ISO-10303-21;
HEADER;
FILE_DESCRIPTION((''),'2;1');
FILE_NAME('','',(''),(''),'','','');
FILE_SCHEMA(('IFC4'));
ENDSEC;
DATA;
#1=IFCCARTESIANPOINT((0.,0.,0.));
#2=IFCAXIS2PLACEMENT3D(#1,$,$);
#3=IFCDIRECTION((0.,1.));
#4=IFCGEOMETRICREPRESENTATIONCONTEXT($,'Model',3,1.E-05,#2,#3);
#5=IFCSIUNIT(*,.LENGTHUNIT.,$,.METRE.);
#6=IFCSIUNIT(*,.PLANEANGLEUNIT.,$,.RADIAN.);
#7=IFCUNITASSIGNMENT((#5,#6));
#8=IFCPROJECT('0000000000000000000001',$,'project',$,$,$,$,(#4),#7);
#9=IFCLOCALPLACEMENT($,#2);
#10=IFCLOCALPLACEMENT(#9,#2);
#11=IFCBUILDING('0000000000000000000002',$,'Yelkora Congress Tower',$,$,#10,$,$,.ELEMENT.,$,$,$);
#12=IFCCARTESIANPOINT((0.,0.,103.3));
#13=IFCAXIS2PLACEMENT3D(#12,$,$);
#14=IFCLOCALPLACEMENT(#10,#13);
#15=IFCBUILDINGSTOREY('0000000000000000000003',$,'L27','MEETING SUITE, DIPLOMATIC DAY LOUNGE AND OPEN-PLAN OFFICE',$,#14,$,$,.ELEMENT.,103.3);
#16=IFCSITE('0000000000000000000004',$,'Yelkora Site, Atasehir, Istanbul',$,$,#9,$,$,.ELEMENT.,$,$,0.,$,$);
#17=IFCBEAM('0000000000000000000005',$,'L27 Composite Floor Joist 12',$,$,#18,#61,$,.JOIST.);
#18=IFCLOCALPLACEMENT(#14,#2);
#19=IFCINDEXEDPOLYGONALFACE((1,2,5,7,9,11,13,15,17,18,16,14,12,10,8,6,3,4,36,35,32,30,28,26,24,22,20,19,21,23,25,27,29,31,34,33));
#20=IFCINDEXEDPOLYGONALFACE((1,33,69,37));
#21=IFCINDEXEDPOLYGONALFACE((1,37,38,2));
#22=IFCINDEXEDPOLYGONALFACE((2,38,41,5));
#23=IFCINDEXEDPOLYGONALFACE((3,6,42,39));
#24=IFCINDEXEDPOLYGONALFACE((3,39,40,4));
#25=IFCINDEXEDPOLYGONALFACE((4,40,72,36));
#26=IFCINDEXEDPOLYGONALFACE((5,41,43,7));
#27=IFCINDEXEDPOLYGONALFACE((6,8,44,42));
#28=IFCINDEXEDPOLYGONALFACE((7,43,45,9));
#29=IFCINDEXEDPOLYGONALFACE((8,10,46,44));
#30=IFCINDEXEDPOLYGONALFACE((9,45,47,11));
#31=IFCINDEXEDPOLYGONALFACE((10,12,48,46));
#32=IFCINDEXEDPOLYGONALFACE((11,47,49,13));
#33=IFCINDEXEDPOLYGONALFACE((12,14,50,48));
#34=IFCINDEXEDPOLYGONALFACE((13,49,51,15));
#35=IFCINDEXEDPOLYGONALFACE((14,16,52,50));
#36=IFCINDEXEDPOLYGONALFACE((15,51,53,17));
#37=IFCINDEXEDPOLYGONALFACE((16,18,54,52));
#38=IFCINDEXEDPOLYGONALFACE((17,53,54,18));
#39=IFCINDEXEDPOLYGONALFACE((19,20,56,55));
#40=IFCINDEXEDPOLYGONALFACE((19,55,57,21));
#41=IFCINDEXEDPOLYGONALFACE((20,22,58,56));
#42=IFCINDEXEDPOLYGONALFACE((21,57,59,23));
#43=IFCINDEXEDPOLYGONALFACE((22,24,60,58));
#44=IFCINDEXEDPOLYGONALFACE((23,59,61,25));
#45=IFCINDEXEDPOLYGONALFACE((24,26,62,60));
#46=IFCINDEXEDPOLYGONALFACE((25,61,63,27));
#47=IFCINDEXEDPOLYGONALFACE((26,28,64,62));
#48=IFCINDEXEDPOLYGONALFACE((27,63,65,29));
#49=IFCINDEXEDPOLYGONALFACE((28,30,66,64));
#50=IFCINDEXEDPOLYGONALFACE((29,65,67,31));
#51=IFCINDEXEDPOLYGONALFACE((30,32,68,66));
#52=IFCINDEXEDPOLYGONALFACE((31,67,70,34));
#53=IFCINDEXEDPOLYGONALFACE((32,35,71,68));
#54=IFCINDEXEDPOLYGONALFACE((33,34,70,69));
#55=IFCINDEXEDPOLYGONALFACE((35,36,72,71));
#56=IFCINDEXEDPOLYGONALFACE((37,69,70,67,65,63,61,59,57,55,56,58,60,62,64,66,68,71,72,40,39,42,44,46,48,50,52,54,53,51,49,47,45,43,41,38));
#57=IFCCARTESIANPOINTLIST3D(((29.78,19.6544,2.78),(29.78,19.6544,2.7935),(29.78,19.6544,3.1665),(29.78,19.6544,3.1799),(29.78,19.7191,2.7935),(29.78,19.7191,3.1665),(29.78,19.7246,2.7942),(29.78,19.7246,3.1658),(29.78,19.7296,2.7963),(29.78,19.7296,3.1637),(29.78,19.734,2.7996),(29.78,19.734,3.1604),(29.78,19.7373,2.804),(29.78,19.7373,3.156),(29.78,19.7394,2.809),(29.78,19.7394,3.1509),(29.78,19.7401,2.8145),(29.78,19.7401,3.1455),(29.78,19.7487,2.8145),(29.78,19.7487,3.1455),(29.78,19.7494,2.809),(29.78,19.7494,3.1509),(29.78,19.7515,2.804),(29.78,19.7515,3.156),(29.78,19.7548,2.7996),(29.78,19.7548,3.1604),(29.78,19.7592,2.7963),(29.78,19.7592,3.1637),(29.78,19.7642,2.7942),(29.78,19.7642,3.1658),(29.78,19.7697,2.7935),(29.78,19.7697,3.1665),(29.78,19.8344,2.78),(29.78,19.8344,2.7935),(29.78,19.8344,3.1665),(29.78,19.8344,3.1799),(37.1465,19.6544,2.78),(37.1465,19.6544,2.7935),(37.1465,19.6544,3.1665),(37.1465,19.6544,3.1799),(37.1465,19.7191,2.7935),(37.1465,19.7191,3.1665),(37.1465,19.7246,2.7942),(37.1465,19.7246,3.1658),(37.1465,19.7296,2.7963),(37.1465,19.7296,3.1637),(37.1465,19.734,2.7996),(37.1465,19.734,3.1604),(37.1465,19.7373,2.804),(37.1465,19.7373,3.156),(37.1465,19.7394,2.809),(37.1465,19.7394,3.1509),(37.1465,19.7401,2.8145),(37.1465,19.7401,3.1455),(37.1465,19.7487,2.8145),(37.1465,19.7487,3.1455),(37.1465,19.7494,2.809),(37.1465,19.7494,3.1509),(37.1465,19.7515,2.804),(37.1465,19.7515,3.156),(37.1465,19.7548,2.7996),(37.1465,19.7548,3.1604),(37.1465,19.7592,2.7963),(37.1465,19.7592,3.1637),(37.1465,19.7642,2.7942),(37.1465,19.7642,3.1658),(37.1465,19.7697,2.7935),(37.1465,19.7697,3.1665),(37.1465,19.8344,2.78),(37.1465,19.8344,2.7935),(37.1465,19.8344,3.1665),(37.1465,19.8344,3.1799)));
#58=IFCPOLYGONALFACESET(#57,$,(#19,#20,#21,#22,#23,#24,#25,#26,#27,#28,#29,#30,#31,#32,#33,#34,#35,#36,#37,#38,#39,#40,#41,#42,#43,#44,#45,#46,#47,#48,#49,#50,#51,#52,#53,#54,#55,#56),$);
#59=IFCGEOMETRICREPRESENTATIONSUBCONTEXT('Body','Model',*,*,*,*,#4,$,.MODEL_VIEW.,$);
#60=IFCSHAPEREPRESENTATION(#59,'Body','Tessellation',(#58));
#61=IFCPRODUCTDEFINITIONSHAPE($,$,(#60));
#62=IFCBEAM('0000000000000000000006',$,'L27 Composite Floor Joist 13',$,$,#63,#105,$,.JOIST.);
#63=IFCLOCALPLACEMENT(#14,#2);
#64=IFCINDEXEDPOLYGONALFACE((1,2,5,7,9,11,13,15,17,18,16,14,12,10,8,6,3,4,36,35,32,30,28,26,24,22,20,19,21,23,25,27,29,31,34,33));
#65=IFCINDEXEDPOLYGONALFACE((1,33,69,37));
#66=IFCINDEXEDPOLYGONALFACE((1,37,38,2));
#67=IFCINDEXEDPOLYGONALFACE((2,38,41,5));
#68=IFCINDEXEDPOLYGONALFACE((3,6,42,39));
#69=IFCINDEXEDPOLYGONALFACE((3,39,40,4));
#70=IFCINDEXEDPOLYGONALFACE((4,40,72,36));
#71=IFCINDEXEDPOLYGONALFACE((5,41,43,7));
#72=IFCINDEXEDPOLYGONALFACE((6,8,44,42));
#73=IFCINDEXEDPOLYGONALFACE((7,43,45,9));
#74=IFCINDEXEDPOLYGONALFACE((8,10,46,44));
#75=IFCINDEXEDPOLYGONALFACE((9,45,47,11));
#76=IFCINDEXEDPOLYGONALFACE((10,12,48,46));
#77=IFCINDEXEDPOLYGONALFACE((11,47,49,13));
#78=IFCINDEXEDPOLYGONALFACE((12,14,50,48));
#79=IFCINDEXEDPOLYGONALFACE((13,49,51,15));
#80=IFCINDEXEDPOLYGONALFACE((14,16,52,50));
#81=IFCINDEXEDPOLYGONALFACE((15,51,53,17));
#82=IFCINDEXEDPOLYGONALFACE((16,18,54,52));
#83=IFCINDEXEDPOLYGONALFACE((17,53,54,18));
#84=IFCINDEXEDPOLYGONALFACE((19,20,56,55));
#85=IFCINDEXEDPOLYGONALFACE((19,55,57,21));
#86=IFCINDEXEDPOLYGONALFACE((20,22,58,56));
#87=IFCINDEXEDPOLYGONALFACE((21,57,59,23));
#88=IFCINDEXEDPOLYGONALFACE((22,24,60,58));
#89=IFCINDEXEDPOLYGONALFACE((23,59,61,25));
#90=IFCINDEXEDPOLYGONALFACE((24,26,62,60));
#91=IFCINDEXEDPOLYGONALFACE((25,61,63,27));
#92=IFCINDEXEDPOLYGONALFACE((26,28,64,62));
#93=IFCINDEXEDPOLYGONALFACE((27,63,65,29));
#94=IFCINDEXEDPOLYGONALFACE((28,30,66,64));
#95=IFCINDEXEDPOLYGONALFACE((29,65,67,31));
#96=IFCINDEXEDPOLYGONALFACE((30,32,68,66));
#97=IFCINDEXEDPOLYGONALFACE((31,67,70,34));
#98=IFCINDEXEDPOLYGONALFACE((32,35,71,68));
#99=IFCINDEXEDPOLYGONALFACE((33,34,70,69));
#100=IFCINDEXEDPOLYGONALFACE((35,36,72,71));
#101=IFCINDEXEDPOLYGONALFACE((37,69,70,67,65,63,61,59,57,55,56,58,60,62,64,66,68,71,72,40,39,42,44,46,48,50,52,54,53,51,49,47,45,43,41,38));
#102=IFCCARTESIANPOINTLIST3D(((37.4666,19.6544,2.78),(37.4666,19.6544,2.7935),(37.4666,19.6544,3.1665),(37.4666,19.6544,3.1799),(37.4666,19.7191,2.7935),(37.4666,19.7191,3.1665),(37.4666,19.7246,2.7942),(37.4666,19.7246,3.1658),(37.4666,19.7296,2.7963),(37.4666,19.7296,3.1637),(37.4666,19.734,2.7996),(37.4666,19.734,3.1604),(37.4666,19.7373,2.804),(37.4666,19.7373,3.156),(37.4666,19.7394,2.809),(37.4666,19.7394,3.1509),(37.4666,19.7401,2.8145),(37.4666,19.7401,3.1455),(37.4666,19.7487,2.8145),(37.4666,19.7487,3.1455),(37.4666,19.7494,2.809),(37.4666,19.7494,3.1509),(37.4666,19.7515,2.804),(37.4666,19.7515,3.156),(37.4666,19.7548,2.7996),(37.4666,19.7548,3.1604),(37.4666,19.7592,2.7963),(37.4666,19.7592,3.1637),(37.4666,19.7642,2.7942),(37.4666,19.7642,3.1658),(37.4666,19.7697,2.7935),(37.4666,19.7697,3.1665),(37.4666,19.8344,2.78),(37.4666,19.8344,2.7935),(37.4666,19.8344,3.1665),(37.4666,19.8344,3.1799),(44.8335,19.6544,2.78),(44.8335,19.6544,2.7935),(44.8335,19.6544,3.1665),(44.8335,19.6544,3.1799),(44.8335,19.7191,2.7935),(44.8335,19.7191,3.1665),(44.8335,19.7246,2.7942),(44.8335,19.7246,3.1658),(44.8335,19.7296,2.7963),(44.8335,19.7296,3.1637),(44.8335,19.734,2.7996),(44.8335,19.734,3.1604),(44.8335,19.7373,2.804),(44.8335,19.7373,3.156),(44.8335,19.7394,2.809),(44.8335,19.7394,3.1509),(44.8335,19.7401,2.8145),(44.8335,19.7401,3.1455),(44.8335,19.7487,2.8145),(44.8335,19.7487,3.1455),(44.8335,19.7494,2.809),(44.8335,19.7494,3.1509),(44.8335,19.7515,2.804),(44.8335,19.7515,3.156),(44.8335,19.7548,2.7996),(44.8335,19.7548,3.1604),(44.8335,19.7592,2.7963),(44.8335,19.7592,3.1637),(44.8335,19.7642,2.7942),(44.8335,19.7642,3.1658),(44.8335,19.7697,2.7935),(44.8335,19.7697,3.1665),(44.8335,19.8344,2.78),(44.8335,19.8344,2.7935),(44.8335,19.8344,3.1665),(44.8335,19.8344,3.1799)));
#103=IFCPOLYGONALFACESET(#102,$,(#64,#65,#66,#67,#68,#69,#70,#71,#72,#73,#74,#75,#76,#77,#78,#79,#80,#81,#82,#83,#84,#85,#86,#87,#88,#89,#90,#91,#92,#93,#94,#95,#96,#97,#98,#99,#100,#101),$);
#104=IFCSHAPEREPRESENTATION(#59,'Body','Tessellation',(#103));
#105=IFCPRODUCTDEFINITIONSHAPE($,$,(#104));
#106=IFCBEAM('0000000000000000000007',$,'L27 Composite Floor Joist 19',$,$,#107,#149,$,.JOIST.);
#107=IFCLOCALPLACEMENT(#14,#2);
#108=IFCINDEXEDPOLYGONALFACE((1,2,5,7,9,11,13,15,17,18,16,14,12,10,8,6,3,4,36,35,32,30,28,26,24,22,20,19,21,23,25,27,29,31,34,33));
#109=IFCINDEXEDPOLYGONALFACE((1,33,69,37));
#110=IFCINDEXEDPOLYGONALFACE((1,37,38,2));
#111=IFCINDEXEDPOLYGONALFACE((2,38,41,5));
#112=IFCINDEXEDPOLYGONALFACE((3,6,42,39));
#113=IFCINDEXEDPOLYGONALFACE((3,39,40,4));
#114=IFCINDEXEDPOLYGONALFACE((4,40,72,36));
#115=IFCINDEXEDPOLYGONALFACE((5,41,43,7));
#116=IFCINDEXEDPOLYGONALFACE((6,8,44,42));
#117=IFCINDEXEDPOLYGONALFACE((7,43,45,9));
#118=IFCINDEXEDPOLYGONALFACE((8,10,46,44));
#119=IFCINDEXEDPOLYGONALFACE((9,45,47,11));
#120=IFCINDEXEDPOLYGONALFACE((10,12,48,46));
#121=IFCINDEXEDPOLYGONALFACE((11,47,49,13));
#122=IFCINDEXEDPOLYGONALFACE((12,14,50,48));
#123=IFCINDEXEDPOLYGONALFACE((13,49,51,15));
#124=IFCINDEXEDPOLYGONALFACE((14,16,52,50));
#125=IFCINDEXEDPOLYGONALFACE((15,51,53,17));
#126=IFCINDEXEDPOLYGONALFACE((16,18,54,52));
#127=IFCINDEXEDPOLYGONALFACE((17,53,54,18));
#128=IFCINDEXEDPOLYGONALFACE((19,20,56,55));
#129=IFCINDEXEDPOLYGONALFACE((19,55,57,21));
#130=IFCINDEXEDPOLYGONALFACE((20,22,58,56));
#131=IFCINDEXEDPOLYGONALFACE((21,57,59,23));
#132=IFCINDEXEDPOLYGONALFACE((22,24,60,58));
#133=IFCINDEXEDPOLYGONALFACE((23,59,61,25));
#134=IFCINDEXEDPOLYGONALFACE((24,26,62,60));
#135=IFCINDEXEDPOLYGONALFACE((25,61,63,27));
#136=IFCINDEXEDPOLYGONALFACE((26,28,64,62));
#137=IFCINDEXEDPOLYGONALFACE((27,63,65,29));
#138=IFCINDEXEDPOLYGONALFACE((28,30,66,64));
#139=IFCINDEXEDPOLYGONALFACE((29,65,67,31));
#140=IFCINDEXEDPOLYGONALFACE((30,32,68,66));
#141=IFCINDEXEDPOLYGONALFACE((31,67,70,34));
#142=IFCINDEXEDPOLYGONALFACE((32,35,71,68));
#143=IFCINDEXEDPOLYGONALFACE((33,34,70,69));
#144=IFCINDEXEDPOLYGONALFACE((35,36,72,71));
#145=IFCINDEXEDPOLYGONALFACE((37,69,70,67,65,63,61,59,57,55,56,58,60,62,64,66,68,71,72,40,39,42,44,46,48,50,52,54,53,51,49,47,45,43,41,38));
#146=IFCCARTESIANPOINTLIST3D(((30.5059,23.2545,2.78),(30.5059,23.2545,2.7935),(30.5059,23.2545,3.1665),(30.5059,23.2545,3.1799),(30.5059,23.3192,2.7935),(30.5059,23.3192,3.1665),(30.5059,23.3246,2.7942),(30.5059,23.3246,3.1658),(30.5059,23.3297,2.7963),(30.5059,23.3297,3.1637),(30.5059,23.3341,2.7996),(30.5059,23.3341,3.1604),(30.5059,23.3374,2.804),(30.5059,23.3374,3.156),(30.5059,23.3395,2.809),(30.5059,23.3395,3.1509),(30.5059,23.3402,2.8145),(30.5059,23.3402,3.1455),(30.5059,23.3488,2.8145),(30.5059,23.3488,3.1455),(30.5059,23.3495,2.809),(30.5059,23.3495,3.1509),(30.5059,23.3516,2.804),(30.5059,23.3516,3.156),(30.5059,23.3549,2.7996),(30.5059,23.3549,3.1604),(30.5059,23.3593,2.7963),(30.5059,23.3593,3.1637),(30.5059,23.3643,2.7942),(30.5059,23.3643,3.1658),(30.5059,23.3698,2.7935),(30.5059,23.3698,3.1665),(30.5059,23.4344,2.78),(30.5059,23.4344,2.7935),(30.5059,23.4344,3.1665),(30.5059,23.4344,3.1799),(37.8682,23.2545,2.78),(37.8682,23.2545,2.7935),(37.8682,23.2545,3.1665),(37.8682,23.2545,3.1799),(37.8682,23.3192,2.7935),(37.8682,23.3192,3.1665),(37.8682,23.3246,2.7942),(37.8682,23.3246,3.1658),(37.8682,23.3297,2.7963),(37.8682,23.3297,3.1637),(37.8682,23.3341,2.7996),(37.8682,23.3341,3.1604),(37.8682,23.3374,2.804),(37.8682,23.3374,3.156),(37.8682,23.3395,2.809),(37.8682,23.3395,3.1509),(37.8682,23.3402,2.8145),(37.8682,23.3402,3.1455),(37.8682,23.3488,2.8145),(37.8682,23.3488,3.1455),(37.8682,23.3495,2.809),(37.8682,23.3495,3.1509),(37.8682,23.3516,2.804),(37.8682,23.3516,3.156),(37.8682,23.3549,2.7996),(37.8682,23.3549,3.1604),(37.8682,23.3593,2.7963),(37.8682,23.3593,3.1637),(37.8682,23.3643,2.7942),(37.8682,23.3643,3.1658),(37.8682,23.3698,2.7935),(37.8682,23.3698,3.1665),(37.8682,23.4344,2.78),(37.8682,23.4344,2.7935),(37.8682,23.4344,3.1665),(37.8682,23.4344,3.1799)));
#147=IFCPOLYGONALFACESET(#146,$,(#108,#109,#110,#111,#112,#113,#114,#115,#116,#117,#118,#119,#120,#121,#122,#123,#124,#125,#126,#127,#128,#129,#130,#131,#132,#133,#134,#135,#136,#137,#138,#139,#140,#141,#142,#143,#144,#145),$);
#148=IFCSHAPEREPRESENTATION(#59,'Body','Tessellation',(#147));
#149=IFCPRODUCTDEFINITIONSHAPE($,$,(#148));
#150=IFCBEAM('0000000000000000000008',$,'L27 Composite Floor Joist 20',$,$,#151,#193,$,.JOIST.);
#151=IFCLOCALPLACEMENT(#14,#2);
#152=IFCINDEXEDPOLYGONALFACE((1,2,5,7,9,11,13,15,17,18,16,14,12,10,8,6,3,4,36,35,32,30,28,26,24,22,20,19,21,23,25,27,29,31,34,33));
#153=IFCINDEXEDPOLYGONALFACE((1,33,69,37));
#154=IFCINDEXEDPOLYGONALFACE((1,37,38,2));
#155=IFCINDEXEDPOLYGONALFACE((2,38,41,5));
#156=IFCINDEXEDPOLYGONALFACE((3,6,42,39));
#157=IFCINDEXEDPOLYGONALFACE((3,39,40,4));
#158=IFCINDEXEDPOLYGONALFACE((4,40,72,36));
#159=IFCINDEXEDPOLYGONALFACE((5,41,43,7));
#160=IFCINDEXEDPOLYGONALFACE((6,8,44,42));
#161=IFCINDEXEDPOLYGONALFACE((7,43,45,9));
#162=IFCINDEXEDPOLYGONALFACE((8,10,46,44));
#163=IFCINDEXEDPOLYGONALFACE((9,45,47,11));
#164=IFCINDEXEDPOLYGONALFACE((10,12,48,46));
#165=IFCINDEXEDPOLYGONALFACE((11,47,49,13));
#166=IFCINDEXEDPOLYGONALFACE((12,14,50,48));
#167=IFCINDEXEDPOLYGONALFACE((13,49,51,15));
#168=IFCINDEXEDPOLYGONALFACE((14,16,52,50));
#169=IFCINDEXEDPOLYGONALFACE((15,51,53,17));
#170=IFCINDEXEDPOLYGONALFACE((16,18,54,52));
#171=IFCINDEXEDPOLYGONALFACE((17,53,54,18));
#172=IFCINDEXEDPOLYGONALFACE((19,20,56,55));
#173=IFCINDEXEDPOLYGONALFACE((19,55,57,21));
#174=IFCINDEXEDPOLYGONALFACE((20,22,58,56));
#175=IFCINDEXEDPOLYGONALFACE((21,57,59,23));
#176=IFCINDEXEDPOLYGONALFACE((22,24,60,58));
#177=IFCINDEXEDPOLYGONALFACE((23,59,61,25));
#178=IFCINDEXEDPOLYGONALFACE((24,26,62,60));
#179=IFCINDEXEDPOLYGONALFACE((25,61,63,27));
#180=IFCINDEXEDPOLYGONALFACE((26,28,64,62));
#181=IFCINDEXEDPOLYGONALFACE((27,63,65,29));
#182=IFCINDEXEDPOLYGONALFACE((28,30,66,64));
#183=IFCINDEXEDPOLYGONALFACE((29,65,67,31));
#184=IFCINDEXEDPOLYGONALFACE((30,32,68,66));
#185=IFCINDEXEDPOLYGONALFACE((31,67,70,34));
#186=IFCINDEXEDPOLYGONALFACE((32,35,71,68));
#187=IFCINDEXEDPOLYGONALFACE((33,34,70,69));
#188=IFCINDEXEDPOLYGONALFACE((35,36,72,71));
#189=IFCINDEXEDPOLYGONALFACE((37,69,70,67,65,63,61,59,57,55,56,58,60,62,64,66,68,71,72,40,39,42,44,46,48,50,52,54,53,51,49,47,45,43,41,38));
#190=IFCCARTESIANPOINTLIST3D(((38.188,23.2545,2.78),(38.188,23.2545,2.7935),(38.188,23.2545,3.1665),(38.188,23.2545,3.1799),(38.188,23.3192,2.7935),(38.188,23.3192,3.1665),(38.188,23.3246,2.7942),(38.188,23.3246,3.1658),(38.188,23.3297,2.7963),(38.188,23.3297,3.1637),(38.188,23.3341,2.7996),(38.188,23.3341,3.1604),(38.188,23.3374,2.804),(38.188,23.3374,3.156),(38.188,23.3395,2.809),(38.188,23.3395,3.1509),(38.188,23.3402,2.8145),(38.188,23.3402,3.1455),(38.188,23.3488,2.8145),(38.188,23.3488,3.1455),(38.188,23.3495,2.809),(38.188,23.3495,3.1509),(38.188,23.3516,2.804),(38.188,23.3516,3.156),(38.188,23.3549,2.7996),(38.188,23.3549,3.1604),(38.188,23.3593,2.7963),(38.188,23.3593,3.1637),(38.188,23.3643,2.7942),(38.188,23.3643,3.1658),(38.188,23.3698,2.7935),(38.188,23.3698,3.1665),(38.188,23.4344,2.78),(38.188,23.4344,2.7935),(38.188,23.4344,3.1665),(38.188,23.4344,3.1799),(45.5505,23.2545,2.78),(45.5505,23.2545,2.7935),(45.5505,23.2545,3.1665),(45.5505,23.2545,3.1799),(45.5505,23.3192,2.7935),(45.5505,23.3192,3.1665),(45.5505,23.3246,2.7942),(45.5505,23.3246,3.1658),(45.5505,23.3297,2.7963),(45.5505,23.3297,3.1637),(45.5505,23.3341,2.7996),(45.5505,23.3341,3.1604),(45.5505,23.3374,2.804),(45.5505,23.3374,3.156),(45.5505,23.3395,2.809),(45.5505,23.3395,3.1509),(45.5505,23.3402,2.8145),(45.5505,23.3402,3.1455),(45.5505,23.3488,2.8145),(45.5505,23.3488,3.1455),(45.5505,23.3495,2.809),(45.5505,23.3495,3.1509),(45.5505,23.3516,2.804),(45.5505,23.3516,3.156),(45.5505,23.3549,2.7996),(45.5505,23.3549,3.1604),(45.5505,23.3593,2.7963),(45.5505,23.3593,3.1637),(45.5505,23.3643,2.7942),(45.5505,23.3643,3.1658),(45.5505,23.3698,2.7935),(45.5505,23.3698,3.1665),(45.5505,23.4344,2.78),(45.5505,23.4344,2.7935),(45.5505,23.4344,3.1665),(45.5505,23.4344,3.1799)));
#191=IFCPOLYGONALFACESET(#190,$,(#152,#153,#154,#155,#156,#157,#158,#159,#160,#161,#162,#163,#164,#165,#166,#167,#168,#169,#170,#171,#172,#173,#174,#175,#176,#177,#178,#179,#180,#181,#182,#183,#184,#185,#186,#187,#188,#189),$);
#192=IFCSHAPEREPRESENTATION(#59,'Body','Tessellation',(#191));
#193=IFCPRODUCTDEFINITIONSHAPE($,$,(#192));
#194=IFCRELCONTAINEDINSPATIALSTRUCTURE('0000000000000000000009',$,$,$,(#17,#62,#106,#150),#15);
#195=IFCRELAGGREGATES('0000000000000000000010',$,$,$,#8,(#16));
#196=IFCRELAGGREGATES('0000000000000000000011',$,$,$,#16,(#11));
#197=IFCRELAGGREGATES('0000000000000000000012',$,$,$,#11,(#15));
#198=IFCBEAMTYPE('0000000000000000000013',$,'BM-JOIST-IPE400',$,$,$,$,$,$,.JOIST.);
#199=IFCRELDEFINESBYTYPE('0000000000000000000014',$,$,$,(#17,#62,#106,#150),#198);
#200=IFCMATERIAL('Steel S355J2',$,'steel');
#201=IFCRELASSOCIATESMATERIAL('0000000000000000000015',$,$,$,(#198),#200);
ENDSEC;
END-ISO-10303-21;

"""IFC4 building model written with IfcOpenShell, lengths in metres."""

from ifc_helpers import new_model, si_unit, direction, frame, origin, origin_2d, place, context, subcontext, project, spatial, i_section, extrude, material, material_profile, profile_set, type_object, element, save


model = new_model("IFC4")

# Units and contexts
model_context = context("Model", 3, precision=1e-05, world=origin(), true_north=direction((0.0, 1.0)))
body_context = subcontext(model_context, "Body", "Model", "MODEL_VIEW")
ifc_project = project(units=[si_unit("LENGTHUNIT", "METRE"), si_unit("PLANEANGLEUNIT", "RADIAN")], contexts=[model_context])

# Site, building, storey
site_placement = place(None, origin())
site = spatial("IfcSite", under=ifc_project, at=site_placement, Name="Yelkora Site, Atasehir, Istanbul", CompositionType="ELEMENT", RefElevation=0.0)
building_placement = place(site_placement, origin())
building = spatial("IfcBuilding", under=site, at=building_placement, Name="Yelkora Congress Tower", CompositionType="ELEMENT")
storey_placement = place(building_placement, frame((0.0, 0.0, 103.3)))
storey = spatial("IfcBuildingStorey", under=building, at=storey_placement, Name="L27", Description="MEETING SUITE, DIPLOMATIC DAY LOUNGE AND OPEN-PLAN OFFICE", CompositionType="ELEMENT", Elevation=103.3)

# Beams
ifc_material_1 = material(Name="Steel S355J2", Category="steel")
ifc_material_profile_1 = material_profile(ifc_material_1, i_section(OverallWidth=0.1799, OverallDepth=0.3999, WebThickness=0.0085, FlangeThickness=0.0134, FilletRadius=0.021, at=origin_2d()), Name="IPE 400")
ifc_profile_set_1 = profile_set([ifc_material_profile_1], Name="Steel S355J2")
beam_type_1 = type_object("IfcBeamType", Name="BM-JOIST-IPE400", PredefinedType="JOIST", material=ifc_profile_set_1)
beam_1_placement = place(storey_placement, frame((29.78, 19.7444, 2.98), z_axis=(1.0, 0.0, 0.0), x_axis=(0.0, 1.0, 0.0)))
element("IfcBeam", 1, at=beam_1_placement, inside=storey, type_object=beam_type_1, Name="L27 Composite Floor Joist 12", PredefinedType="JOIST", context=body_context, shape_type="SweptSolid", body=[
    extrude(i_section(OverallWidth=0.1799, OverallDepth=0.3999, WebThickness=0.0085, FlangeThickness=0.0134, FilletRadius=0.021, at=origin_2d()), origin(), (0.0, 0.0, 1.0), 7.3665),
])
beam_2_placement = place(storey_placement, frame((37.4666, 19.7444, 2.98), z_axis=(1.0, 0.0, 0.0), x_axis=(0.0, 1.0, 0.0)))
element("IfcBeam", 2, at=beam_2_placement, inside=storey, type_object=beam_type_1, Name="L27 Composite Floor Joist 13", PredefinedType="JOIST", context=body_context, shape_type="SweptSolid", body=[
    extrude(i_section(OverallWidth=0.1799, OverallDepth=0.3999, WebThickness=0.0085, FlangeThickness=0.0134, FilletRadius=0.021, at=origin_2d()), origin(), (0.0, 0.0, 1.0), 7.3669),
])
beam_3_placement = place(storey_placement, frame((30.5059, 23.3445, 2.98), z_axis=(1.0, 0.0, 0.0), x_axis=(0.0, 1.0, 0.0)))
element("IfcBeam", 3, at=beam_3_placement, inside=storey, type_object=beam_type_1, Name="L27 Composite Floor Joist 19", PredefinedType="JOIST", context=body_context, shape_type="SweptSolid", body=[
    extrude(i_section(OverallWidth=0.1799, OverallDepth=0.3999, WebThickness=0.0085, FlangeThickness=0.0134, FilletRadius=0.021, at=origin_2d()), origin(), (0.0, 0.0, 1.0), 7.3623),
])
beam_4_placement = place(storey_placement, frame((38.188, 23.3445, 2.98), z_axis=(1.0, 0.0, 0.0), x_axis=(0.0, 1.0, 0.0)))
element("IfcBeam", 4, at=beam_4_placement, inside=storey, type_object=beam_type_1, Name="L27 Composite Floor Joist 20", PredefinedType="JOIST", context=body_context, shape_type="SweptSolid", body=[
    extrude(i_section(OverallWidth=0.1799, OverallDepth=0.3999, WebThickness=0.0085, FlangeThickness=0.0134, FilletRadius=0.021, at=origin_2d()), origin(), (0.0, 0.0, 1.0), 7.3625),
])

save(model, "model.ifc")
